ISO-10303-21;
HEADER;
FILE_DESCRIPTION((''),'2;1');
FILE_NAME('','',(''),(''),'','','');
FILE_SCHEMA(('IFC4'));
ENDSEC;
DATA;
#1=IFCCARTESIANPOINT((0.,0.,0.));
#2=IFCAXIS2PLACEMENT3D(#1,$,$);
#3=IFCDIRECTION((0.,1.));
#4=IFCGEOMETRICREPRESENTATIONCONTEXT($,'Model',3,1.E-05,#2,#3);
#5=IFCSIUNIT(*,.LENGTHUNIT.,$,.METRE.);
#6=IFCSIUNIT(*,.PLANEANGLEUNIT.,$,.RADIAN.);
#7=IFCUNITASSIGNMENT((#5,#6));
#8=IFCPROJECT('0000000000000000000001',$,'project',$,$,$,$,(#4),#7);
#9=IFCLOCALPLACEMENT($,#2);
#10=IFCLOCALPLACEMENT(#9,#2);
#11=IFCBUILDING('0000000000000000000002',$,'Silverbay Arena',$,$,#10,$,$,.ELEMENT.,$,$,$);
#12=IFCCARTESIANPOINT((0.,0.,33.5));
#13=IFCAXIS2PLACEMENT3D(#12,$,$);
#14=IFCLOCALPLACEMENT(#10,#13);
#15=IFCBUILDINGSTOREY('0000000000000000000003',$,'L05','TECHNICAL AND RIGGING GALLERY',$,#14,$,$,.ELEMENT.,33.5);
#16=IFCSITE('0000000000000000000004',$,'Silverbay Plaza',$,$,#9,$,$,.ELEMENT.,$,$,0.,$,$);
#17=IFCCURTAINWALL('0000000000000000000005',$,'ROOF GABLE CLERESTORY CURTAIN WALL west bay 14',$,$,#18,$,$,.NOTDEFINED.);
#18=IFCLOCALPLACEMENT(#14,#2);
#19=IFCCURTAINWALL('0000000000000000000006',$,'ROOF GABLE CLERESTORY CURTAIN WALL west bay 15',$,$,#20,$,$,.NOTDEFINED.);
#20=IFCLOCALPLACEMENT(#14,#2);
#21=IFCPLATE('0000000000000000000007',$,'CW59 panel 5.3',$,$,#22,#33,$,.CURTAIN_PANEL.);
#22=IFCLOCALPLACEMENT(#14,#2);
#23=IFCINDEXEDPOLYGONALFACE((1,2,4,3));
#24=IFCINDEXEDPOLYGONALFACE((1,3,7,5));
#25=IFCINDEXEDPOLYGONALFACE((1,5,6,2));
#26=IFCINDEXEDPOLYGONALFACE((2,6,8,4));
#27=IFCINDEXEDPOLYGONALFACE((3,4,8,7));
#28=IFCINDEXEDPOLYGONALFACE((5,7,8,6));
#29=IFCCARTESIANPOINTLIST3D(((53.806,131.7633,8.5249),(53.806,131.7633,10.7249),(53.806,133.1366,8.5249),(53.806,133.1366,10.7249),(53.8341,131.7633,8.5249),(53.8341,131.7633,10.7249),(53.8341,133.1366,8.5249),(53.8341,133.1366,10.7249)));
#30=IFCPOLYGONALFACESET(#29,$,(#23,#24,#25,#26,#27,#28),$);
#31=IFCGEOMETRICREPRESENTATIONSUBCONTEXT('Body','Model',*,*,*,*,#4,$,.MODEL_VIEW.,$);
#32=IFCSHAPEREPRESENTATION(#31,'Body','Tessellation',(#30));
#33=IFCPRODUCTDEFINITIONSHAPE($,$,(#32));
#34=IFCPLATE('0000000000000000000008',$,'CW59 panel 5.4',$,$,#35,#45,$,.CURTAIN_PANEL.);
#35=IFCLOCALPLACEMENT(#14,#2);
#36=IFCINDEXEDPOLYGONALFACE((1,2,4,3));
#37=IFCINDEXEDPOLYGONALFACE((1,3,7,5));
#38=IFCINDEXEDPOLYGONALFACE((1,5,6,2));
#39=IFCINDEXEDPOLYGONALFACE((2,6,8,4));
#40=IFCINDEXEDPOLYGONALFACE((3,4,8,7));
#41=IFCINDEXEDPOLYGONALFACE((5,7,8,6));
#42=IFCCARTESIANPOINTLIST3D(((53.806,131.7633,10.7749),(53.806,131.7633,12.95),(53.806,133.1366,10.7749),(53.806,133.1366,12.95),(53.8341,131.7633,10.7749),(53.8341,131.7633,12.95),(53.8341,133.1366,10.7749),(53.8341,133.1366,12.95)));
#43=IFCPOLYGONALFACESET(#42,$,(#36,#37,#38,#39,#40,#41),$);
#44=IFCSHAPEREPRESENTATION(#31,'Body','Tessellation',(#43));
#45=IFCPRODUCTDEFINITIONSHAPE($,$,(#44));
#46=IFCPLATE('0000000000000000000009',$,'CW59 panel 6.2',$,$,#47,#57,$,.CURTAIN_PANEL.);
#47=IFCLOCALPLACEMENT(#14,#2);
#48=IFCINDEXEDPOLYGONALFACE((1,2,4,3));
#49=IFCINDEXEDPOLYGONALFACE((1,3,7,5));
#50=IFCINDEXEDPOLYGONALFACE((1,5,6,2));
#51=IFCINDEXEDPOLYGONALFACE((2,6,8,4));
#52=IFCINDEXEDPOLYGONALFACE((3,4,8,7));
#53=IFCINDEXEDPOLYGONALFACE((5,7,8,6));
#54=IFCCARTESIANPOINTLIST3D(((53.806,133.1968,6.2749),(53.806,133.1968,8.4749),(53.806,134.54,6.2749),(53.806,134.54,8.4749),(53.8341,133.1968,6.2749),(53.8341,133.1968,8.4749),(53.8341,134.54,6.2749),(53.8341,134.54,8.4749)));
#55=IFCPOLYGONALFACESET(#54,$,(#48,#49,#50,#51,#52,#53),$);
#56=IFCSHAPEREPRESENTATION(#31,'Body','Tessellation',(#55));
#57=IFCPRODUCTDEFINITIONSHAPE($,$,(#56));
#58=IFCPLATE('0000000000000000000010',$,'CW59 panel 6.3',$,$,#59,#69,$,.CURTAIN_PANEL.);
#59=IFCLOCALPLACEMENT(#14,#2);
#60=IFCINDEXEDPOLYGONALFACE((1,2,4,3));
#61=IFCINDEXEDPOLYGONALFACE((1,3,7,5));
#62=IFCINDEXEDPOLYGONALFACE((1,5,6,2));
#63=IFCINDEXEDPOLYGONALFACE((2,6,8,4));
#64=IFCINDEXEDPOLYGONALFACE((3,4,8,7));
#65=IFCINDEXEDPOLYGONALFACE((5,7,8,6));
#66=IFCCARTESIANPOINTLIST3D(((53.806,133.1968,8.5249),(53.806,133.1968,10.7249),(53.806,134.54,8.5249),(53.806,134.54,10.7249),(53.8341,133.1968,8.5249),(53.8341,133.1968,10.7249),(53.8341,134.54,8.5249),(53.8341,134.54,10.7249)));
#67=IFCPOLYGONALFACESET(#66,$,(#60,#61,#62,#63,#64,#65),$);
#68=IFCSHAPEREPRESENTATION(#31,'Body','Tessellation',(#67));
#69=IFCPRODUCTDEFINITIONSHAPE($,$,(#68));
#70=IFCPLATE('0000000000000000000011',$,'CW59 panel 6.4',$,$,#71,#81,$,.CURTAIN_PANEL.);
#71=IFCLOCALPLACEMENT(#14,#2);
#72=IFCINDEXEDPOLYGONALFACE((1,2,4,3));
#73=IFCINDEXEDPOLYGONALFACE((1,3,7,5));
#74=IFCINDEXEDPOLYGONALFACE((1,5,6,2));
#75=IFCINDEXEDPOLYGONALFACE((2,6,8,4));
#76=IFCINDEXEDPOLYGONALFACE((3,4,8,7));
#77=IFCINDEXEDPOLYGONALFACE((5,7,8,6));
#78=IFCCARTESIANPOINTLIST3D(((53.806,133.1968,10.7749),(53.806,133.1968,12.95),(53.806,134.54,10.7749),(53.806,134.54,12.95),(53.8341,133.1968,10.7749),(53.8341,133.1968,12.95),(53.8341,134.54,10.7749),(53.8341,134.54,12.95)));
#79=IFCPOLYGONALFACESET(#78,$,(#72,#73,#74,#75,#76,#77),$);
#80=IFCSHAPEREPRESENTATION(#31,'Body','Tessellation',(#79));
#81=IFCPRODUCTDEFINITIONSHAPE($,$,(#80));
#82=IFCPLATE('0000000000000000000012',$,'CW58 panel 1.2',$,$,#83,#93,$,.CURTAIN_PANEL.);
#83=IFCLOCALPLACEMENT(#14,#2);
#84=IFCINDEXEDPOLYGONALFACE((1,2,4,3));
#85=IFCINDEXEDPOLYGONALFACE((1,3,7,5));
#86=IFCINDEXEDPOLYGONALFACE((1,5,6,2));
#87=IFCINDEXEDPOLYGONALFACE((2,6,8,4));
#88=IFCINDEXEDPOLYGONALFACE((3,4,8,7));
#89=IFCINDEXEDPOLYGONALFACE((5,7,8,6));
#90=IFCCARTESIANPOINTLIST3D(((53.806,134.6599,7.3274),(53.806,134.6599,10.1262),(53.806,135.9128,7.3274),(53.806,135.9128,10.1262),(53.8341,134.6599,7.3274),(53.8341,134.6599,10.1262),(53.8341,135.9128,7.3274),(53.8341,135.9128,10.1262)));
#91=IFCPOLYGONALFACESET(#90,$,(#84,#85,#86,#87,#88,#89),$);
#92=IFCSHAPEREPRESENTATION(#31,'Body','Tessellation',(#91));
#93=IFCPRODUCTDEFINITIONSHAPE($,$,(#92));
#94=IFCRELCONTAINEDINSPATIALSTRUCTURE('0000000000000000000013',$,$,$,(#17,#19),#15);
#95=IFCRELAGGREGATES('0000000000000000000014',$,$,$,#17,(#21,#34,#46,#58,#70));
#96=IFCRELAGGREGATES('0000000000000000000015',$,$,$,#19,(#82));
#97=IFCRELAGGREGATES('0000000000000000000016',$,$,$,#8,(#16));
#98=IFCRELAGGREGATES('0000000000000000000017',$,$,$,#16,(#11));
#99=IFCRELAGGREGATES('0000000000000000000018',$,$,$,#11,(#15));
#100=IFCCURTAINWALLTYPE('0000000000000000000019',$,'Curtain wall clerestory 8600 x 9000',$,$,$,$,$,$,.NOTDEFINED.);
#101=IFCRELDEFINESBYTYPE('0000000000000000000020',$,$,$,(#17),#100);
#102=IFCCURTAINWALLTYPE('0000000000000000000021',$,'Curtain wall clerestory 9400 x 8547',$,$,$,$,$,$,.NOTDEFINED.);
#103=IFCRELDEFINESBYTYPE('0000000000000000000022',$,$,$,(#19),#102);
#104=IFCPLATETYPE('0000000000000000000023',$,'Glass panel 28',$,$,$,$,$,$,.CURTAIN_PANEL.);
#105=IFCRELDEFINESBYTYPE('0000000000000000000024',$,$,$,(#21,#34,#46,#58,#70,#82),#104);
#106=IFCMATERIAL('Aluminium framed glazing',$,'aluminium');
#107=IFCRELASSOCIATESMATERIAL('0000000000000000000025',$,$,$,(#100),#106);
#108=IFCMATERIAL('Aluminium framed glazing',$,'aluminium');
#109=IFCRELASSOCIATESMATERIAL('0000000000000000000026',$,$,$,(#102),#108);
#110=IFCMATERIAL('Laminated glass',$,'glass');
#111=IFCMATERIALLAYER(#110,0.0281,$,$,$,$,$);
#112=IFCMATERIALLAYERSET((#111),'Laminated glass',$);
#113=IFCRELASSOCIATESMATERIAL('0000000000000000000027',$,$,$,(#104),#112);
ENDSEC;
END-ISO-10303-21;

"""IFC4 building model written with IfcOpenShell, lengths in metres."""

from ifc_helpers import new_model, si_unit, direction, frame, origin, origin_2d, place, context, subcontext, project, spatial, rectangle, extrude, material, layer, layer_set, type_object, element, aggregate, save


model = new_model("IFC4")

# Units and contexts
model_context = context("Model", 3, precision=1e-05, world=origin(), true_north=direction((0.0, 1.0)))
body_context = subcontext(model_context, "Body", "Model", "MODEL_VIEW")
ifc_project = project(units=[si_unit("LENGTHUNIT", "METRE"), si_unit("PLANEANGLEUNIT", "RADIAN")], contexts=[model_context])

# Site, building, storey
site_placement = place(None, origin())
site = spatial("IfcSite", under=ifc_project, at=site_placement, Name="Silverbay Plaza", CompositionType="ELEMENT", RefElevation=0.0)
building_placement = place(site_placement, origin())
building = spatial("IfcBuilding", under=site, at=building_placement, Name="Silverbay Arena", CompositionType="ELEMENT")
storey_placement = place(building_placement, frame((0.0, 0.0, 33.5)))
storey = spatial("IfcBuildingStorey", under=building, at=storey_placement, Name="L05", Description="TECHNICAL AND RIGGING GALLERY", CompositionType="ELEMENT", Elevation=33.5)

# Curtain walls
ifc_material_1 = material(Name="Aluminium framed glazing", Category="aluminium")
curtain_wall_type_1 = type_object("IfcCurtainWallType", Name="Curtain wall clerestory 8600 x 9000", PredefinedType="NOTDEFINED", material=ifc_material_1)
curtain_wall_1_placement = place(storey_placement, origin())
curtain_wall_1 = element("IfcCurtainWall", 1, at=curtain_wall_1_placement, inside=storey, type_object=curtain_wall_type_1, Name="ROOF GABLE CLERESTORY CURTAIN WALL west bay 14", PredefinedType="NOTDEFINED")
ifc_material_2 = material(Name="Aluminium framed glazing", Category="aluminium")
curtain_wall_type_2 = type_object("IfcCurtainWallType", Name="Curtain wall clerestory 9400 x 8547", PredefinedType="NOTDEFINED", material=ifc_material_2)
curtain_wall_2_placement = place(storey_placement, origin())
curtain_wall_2 = element("IfcCurtainWall", 2, at=curtain_wall_2_placement, inside=storey, type_object=curtain_wall_type_2, Name="ROOF GABLE CLERESTORY CURTAIN WALL west bay 15", PredefinedType="NOTDEFINED")

# Plates
ifc_material_3 = material(Name="Laminated glass", Category="glass")
ifc_layer = layer(ifc_material_3, 0.0281)
ifc_layer_set = layer_set([ifc_layer], Name="Laminated glass")
plate_type = type_object("IfcPlateType", Name="Glass panel 28", PredefinedType="CURTAIN_PANEL", material=ifc_layer_set)
plate_1_placement = place(storey_placement, frame((53.8201, 132.45, 8.5249), z_axis=(0.0, 0.0, 1.0), x_axis=(0.0, 1.0, 0.0)))
plate_1 = element("IfcPlate", 3, at=plate_1_placement, type_object=plate_type, Name="CW59 panel 5.3", PredefinedType="CURTAIN_PANEL", context=body_context, shape_type="SweptSolid", body=[
    extrude(rectangle(XDim=1.3733, YDim=0.0281, at=origin_2d()), origin(), (0.0, 0.0, 1.0), 2.2),
])
plate_2_placement = place(storey_placement, frame((53.8201, 132.45, 10.7749), z_axis=(0.0, 0.0, 1.0), x_axis=(0.0, 1.0, 0.0)))
plate_2 = element("IfcPlate", 4, at=plate_2_placement, type_object=plate_type, Name="CW59 panel 5.4", PredefinedType="CURTAIN_PANEL", context=body_context, shape_type="SweptSolid", body=[
    extrude(rectangle(XDim=1.3733, YDim=0.0281, at=origin_2d()), origin(), (0.0, 0.0, 1.0), 2.175),
])
plate_3_placement = place(storey_placement, frame((53.8201, 133.8684, 6.2749), z_axis=(0.0, 0.0, 1.0), x_axis=(0.0, 1.0, 0.0)))
plate_3 = element("IfcPlate", 5, at=plate_3_placement, type_object=plate_type, Name="CW59 panel 6.2", PredefinedType="CURTAIN_PANEL", context=body_context, shape_type="SweptSolid", body=[
    extrude(rectangle(XDim=1.3433, YDim=0.0281, at=origin_2d()), origin(), (0.0, 0.0, 1.0), 2.2),
])
plate_4_placement = place(storey_placement, frame((53.8201, 133.8684, 8.5249), z_axis=(0.0, 0.0, 1.0), x_axis=(0.0, 1.0, 0.0)))
plate_4 = element("IfcPlate", 6, at=plate_4_placement, type_object=plate_type, Name="CW59 panel 6.3", PredefinedType="CURTAIN_PANEL", context=body_context, shape_type="SweptSolid", body=[
    extrude(rectangle(XDim=1.3433, YDim=0.0281, at=origin_2d()), origin(), (0.0, 0.0, 1.0), 2.2),
])
plate_5_placement = place(storey_placement, frame((53.8201, 133.8684, 10.7749), z_axis=(0.0, 0.0, 1.0), x_axis=(0.0, 1.0, 0.0)))
plate_5 = element("IfcPlate", 7, at=plate_5_placement, type_object=plate_type, Name="CW59 panel 6.4", PredefinedType="CURTAIN_PANEL", context=body_context, shape_type="SweptSolid", body=[
    extrude(rectangle(XDim=1.3433, YDim=0.0281, at=origin_2d()), origin(), (0.0, 0.0, 1.0), 2.175),
])
aggregate(curtain_wall_1, [plate_1, plate_2, plate_3, plate_4, plate_5])
plate_6_placement = place(storey_placement, frame((53.8201, 135.2864, 7.3274), z_axis=(0.0, 0.0, 1.0), x_axis=(0.0, 1.0, 0.0)))
plate_6 = element("IfcPlate", 8, at=plate_6_placement, type_object=plate_type, Name="CW58 panel 1.2", PredefinedType="CURTAIN_PANEL", context=body_context, shape_type="SweptSolid", body=[
    extrude(rectangle(XDim=1.2529, YDim=0.0281, at=origin_2d()), origin(), (0.0, 0.0, 1.0), 2.7988),
])
aggregate(curtain_wall_2, [plate_6])

save(model, "model.ifc")
